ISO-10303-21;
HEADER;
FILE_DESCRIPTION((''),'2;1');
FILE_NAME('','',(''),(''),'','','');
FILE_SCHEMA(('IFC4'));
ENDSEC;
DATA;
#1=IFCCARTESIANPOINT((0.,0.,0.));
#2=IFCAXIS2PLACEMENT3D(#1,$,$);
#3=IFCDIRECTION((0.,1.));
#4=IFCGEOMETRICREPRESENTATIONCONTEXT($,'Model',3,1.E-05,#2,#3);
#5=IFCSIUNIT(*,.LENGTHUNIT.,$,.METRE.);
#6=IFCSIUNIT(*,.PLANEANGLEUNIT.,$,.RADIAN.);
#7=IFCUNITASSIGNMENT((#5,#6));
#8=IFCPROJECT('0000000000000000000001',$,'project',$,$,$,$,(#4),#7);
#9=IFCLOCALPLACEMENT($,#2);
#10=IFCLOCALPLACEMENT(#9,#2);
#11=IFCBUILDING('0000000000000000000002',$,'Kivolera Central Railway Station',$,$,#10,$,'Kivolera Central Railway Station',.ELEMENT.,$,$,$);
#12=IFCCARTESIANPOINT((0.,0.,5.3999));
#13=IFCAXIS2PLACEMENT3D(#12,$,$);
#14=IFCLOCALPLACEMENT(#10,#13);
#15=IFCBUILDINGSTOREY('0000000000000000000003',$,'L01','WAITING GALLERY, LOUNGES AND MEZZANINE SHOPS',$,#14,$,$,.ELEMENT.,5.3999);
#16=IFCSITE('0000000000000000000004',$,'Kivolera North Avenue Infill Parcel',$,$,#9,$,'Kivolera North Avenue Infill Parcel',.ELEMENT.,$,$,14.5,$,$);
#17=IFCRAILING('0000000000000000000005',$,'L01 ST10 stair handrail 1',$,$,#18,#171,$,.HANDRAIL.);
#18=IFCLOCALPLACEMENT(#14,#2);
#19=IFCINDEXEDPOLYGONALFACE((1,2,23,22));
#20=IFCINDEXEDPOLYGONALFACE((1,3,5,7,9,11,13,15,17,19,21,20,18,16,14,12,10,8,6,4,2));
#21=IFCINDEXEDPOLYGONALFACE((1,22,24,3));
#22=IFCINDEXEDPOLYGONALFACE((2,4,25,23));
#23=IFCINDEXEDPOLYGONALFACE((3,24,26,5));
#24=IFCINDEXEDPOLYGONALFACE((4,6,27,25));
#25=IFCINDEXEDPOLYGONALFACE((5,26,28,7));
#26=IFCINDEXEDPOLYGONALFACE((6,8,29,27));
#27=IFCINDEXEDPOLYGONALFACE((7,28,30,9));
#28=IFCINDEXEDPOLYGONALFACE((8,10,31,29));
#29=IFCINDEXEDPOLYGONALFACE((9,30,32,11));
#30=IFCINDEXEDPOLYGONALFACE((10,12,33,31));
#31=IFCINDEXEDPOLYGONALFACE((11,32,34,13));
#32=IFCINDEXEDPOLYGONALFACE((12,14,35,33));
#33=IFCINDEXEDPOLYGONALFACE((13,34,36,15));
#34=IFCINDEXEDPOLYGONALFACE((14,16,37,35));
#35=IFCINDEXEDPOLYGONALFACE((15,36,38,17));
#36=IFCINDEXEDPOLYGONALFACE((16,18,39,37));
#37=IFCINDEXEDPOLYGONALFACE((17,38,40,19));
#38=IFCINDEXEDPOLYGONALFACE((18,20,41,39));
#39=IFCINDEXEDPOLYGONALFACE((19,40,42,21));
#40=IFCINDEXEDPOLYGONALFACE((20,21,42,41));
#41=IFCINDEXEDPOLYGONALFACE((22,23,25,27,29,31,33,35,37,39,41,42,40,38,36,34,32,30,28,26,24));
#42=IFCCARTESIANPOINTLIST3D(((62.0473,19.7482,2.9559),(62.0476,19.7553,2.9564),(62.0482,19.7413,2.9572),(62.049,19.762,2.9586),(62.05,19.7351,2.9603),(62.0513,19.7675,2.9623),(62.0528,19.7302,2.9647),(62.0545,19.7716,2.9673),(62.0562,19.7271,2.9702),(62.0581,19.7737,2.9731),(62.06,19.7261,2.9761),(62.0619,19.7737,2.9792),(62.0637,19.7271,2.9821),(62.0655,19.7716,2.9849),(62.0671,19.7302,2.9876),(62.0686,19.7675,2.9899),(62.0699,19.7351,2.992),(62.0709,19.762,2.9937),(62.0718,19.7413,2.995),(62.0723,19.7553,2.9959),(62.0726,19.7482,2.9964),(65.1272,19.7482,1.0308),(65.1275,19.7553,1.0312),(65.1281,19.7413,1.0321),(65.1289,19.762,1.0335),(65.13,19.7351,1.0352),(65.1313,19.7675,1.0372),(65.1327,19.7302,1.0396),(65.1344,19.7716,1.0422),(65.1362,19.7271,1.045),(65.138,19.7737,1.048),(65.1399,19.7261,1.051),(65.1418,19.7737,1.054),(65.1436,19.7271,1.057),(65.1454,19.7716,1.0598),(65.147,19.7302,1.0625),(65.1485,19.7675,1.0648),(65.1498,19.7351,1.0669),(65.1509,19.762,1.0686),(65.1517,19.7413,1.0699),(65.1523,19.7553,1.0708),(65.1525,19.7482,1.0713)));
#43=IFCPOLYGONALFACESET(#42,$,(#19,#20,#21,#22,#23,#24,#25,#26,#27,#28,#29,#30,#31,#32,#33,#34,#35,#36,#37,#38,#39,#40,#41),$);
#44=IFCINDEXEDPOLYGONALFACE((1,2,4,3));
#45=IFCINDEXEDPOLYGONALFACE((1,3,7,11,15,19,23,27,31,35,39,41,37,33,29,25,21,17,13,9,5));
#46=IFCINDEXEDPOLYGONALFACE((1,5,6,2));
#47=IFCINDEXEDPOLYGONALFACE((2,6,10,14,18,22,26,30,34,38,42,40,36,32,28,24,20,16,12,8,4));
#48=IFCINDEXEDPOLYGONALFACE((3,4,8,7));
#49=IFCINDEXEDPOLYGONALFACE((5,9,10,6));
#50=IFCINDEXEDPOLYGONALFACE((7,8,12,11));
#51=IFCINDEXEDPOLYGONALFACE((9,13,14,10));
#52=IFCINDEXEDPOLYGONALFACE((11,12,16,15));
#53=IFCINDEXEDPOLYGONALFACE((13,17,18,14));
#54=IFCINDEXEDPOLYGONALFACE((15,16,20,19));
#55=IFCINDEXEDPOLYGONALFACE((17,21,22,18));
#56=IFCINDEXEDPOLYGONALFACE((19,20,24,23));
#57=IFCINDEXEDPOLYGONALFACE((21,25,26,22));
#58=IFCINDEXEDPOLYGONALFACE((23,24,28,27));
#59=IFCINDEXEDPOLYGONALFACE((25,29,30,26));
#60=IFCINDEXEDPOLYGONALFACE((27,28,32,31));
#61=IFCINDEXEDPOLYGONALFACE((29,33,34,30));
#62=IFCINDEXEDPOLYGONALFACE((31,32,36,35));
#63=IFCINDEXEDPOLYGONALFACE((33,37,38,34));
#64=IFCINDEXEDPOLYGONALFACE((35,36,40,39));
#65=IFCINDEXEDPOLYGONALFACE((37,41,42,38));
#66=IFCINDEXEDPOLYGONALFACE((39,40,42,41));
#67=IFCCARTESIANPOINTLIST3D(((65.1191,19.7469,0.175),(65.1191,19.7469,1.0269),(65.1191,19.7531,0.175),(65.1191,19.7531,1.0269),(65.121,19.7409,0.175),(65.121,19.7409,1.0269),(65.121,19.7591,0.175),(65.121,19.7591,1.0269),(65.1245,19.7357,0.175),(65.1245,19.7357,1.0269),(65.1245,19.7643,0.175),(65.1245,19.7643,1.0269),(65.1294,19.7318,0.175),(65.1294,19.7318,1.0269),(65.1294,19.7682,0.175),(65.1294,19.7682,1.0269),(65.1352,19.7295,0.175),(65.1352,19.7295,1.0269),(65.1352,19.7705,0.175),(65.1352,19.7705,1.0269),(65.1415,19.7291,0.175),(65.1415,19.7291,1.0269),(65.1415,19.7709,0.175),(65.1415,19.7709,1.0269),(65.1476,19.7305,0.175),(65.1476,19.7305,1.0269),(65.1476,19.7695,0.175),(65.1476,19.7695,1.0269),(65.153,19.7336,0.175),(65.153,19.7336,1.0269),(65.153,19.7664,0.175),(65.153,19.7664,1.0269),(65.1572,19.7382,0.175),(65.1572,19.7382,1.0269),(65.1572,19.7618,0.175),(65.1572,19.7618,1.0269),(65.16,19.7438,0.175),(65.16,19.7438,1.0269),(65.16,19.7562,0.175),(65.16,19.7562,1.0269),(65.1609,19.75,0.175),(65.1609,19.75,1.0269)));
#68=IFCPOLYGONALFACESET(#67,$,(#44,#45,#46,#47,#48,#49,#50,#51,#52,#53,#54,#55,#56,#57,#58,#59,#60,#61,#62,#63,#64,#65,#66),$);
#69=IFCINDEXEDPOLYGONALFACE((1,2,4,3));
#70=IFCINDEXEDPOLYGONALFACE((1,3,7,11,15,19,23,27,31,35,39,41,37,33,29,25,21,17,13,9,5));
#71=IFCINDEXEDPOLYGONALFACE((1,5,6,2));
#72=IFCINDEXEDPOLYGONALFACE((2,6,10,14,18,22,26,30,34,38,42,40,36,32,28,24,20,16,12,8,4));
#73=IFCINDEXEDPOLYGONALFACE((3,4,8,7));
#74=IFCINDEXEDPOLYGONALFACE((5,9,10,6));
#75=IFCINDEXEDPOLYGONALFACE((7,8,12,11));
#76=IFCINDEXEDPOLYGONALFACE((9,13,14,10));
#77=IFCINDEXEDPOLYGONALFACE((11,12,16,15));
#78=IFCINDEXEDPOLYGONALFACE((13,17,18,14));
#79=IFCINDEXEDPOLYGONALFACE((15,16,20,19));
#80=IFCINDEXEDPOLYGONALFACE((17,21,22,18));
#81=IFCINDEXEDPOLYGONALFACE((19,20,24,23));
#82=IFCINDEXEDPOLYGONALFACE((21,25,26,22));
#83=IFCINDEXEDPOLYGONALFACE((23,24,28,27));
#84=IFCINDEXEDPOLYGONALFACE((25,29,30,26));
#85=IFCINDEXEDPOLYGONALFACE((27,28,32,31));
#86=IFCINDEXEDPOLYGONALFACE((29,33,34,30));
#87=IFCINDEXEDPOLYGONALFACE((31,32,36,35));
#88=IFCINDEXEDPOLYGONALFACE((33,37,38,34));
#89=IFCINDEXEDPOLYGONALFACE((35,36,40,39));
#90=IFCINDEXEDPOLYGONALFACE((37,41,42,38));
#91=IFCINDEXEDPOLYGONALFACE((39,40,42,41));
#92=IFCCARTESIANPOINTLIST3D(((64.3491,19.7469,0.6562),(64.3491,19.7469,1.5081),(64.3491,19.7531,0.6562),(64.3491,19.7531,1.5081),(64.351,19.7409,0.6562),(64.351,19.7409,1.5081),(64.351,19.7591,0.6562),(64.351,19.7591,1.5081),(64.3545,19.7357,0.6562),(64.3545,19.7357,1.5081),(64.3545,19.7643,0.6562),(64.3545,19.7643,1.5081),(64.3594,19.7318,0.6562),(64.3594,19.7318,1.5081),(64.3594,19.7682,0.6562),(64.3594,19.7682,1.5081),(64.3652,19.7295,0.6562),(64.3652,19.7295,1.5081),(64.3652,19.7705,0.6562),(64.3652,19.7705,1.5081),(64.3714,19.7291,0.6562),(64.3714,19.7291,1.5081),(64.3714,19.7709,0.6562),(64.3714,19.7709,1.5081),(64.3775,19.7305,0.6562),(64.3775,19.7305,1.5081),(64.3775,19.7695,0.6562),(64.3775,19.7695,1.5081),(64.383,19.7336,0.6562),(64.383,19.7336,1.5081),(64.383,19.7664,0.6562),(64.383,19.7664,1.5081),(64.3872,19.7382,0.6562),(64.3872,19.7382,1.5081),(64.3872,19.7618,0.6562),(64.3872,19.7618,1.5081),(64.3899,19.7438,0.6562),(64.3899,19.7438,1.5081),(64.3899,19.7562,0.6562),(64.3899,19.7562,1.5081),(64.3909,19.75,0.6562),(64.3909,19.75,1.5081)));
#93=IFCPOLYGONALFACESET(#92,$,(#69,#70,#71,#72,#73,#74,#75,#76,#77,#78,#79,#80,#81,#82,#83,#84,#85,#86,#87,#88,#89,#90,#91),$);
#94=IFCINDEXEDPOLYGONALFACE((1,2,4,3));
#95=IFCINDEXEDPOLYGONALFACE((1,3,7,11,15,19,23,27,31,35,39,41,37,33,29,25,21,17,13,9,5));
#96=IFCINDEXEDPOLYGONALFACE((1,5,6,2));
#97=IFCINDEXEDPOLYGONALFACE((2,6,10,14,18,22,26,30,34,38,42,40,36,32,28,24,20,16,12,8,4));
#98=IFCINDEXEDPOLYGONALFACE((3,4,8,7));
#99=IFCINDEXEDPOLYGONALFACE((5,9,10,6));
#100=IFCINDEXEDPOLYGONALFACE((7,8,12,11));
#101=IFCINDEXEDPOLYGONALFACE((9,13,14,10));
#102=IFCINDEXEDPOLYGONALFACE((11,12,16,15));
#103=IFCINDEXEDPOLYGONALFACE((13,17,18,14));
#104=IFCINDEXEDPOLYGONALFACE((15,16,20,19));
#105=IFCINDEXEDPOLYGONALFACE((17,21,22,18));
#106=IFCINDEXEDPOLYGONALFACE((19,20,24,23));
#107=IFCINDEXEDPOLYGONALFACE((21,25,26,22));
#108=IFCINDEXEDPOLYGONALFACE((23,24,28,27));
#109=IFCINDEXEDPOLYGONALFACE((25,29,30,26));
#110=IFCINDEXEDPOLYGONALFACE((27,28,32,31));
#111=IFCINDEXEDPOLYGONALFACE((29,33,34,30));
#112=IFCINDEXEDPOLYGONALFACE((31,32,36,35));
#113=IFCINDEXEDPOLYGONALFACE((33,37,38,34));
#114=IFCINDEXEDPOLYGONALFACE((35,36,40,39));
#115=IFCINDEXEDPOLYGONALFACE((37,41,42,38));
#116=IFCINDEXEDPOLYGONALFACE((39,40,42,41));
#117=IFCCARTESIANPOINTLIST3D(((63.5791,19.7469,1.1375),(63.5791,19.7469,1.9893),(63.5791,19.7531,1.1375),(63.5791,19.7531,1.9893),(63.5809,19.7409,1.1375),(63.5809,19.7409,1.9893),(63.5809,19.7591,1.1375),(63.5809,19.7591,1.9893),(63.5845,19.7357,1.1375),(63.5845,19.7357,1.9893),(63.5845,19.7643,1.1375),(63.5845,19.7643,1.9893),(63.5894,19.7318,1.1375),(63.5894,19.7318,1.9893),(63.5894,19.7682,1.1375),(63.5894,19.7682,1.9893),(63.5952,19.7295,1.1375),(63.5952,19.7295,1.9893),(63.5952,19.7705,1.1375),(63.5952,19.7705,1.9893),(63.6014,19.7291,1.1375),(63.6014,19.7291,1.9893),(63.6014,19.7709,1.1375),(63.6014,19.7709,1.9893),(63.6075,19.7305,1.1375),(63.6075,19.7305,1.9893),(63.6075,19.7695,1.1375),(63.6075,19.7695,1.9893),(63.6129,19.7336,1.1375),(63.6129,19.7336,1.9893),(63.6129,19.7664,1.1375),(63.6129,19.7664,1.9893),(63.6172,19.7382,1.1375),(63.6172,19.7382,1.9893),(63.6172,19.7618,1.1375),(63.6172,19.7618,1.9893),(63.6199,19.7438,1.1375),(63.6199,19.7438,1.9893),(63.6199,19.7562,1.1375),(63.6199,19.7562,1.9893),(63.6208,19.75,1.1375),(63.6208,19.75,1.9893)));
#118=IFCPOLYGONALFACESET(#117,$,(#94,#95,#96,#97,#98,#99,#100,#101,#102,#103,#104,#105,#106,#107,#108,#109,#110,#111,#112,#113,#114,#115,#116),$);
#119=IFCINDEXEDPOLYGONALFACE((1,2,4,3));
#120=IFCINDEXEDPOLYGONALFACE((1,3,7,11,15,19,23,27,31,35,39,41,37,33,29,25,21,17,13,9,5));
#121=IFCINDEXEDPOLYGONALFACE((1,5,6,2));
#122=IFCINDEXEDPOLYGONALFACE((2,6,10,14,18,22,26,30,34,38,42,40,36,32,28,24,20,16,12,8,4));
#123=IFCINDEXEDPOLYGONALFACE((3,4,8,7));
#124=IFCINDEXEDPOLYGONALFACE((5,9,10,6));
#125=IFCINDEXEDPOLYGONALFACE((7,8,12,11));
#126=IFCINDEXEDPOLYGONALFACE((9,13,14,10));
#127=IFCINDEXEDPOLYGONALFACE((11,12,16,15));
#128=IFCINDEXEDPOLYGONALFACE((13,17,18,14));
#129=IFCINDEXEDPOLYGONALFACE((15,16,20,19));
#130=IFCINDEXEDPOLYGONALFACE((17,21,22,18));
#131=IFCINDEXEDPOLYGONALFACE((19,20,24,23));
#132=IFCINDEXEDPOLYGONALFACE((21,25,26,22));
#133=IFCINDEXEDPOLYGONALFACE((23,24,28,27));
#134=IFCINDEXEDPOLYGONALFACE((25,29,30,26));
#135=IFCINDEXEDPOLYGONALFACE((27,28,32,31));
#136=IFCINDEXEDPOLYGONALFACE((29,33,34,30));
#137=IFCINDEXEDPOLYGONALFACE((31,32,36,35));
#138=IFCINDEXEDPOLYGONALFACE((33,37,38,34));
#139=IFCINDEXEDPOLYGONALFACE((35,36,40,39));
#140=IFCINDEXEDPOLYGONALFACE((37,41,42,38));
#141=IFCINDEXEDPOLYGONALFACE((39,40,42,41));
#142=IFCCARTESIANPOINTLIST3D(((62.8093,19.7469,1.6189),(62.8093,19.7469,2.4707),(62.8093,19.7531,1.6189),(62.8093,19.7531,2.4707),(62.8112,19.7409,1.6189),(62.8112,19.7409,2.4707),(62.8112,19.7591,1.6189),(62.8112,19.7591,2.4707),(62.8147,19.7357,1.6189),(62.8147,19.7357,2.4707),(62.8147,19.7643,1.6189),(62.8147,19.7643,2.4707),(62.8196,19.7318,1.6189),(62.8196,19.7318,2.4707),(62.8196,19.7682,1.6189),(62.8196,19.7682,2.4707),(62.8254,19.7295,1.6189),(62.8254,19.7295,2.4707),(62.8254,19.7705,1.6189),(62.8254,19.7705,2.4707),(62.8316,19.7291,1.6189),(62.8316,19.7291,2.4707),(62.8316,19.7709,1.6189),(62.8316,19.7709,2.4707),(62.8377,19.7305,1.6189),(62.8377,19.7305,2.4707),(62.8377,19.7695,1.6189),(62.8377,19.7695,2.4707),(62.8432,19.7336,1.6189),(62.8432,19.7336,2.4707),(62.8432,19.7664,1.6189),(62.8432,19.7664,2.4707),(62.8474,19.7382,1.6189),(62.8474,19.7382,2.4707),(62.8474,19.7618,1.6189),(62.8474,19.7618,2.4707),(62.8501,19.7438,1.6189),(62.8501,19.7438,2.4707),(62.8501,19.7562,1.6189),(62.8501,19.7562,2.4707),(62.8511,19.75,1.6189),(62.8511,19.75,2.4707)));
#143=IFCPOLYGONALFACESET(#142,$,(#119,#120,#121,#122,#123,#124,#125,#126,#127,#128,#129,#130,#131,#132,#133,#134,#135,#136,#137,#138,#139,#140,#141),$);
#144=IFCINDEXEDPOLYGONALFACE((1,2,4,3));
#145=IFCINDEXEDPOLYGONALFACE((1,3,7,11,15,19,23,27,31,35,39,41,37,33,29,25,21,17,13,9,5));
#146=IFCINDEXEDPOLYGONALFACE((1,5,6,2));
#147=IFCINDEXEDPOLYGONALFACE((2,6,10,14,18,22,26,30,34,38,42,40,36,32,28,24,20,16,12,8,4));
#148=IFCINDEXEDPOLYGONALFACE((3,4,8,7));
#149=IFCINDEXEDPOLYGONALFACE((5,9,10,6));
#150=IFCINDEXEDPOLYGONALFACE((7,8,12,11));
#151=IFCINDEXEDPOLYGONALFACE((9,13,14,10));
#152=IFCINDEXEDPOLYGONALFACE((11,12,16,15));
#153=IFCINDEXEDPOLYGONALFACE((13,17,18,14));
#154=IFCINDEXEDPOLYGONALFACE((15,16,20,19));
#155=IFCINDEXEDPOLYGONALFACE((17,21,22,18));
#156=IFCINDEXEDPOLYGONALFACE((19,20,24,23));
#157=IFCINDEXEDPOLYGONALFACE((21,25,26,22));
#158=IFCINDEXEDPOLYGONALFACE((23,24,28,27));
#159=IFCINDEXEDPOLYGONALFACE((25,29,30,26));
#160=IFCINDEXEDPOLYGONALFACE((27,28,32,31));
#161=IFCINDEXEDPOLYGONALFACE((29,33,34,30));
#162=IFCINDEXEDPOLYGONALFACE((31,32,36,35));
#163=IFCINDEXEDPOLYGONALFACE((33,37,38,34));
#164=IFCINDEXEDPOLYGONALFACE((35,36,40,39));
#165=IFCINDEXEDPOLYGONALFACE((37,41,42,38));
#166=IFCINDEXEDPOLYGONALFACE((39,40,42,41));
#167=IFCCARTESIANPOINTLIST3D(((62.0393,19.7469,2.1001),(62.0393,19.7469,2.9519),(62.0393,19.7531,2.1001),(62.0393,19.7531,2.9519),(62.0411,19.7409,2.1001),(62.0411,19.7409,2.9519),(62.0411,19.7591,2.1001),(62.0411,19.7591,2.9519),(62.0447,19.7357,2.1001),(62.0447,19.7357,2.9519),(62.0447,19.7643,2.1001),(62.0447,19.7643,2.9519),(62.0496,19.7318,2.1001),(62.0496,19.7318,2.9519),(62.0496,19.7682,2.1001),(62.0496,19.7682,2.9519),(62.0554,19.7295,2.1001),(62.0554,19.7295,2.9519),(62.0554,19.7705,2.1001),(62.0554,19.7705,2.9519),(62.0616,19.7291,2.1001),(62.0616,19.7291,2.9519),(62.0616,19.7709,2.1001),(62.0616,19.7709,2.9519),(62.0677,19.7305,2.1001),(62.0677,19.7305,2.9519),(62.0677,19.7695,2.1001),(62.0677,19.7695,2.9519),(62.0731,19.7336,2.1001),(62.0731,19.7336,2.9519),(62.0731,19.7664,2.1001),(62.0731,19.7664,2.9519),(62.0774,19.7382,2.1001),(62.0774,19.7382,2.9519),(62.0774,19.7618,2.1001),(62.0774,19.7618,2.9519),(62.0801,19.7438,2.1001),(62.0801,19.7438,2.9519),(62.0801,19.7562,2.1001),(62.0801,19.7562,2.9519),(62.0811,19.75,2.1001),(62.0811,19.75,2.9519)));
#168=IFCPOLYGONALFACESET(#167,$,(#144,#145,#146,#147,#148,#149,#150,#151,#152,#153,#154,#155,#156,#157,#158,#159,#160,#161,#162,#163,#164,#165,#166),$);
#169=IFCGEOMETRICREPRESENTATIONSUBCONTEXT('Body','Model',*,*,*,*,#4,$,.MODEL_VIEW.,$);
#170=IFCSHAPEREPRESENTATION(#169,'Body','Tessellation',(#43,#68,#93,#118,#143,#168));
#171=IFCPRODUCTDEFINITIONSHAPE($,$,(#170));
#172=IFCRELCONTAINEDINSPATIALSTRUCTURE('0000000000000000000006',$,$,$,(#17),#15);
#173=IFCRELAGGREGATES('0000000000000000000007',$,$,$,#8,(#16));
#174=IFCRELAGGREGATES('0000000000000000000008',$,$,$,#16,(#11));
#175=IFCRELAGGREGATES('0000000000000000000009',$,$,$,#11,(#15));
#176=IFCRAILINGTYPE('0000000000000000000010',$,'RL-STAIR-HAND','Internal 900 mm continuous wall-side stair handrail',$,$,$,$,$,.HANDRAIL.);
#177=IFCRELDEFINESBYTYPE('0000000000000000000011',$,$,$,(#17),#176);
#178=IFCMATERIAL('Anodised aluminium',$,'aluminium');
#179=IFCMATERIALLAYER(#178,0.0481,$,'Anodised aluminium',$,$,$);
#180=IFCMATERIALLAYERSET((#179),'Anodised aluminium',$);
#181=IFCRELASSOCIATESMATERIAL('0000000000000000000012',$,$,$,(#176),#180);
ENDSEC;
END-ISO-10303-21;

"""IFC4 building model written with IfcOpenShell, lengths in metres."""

from ifc_helpers import new_model, si_unit, direction, frame, origin, origin_2d, place, context, subcontext, project, spatial, circle, extrude, material, layer, layer_set, type_object, element, save


model = new_model("IFC4")

# Units and contexts
model_context = context("Model", 3, precision=1e-05, world=origin(), true_north=direction((0.0, 1.0)))
body_context = subcontext(model_context, "Body", "Model", "MODEL_VIEW")
ifc_project = project(units=[si_unit("LENGTHUNIT", "METRE"), si_unit("PLANEANGLEUNIT", "RADIAN")], contexts=[model_context])

# Site, building, storey
site_placement = place(None, origin())
site = spatial("IfcSite", under=ifc_project, at=site_placement, Name="Kivolera North Avenue Infill Parcel", LongName="Kivolera North Avenue Infill Parcel", CompositionType="ELEMENT", RefElevation=14.5)
building_placement = place(site_placement, origin())
building = spatial("IfcBuilding", under=site, at=building_placement, Name="Kivolera Central Railway Station", LongName="Kivolera Central Railway Station", CompositionType="ELEMENT")
storey_placement = place(building_placement, frame((0.0, 0.0, 5.3999)))
storey = spatial("IfcBuildingStorey", under=building, at=storey_placement, Name="L01", Description="WAITING GALLERY, LOUNGES AND MEZZANINE SHOPS", CompositionType="ELEMENT", Elevation=5.3999)

# Railing
ifc_material_1 = material(Name="Anodised aluminium", Category="aluminium")
ifc_layer_1 = layer(ifc_material_1, 0.0481, Name="Anodised aluminium")
ifc_layer_set_1 = layer_set([ifc_layer_1], Name="Anodised aluminium")
railing_type_1 = type_object("IfcRailingType", Name="RL-STAIR-HAND", Description="Internal 900 mm continuous wall-side stair handrail", PredefinedType="HANDRAIL", material=ifc_layer_set_1)
railing_1_placement = place(storey_placement, frame((65.1399, 19.75, 0.175)))
element("IfcRailing", 1, at=railing_1_placement, inside=storey, type_object=railing_type_1, Name="L01 ST10 stair handrail 1", PredefinedType="HANDRAIL", context=body_context, shape_type="SweptSolid", body=[
    extrude(circle(Radius=0.0239, at=origin_2d()), frame((0.0, 0.0, 0.876), z_axis=(-0.847979, 0.0, 0.530029), x_axis=(0.0, -1.0, 0.0)), (0.0, 0.0, 1.0), 3.6321),
    extrude(circle(Radius=0.021, at=origin_2d()), origin(), (0.0, 0.0, 1.0), 0.8518),
    extrude(circle(Radius=0.021, at=origin_2d()), frame((-0.77, 0.0, 0.4812)), (0.0, 0.0, 1.0), 0.8518),
    extrude(circle(Radius=0.021, at=origin_2d()), frame((-1.54, 0.0, 0.9624)), (0.0, 0.0, 1.0), 0.8518),
    extrude(circle(Radius=0.021, at=origin_2d()), frame((-2.3098, 0.0, 1.4438)), (0.0, 0.0, 1.0), 0.8518),
    extrude(circle(Radius=0.021, at=origin_2d()), frame((-3.0798, 0.0, 1.925)), (0.0, 0.0, 1.0), 0.8518),
])

save(model, "model.ifc")
